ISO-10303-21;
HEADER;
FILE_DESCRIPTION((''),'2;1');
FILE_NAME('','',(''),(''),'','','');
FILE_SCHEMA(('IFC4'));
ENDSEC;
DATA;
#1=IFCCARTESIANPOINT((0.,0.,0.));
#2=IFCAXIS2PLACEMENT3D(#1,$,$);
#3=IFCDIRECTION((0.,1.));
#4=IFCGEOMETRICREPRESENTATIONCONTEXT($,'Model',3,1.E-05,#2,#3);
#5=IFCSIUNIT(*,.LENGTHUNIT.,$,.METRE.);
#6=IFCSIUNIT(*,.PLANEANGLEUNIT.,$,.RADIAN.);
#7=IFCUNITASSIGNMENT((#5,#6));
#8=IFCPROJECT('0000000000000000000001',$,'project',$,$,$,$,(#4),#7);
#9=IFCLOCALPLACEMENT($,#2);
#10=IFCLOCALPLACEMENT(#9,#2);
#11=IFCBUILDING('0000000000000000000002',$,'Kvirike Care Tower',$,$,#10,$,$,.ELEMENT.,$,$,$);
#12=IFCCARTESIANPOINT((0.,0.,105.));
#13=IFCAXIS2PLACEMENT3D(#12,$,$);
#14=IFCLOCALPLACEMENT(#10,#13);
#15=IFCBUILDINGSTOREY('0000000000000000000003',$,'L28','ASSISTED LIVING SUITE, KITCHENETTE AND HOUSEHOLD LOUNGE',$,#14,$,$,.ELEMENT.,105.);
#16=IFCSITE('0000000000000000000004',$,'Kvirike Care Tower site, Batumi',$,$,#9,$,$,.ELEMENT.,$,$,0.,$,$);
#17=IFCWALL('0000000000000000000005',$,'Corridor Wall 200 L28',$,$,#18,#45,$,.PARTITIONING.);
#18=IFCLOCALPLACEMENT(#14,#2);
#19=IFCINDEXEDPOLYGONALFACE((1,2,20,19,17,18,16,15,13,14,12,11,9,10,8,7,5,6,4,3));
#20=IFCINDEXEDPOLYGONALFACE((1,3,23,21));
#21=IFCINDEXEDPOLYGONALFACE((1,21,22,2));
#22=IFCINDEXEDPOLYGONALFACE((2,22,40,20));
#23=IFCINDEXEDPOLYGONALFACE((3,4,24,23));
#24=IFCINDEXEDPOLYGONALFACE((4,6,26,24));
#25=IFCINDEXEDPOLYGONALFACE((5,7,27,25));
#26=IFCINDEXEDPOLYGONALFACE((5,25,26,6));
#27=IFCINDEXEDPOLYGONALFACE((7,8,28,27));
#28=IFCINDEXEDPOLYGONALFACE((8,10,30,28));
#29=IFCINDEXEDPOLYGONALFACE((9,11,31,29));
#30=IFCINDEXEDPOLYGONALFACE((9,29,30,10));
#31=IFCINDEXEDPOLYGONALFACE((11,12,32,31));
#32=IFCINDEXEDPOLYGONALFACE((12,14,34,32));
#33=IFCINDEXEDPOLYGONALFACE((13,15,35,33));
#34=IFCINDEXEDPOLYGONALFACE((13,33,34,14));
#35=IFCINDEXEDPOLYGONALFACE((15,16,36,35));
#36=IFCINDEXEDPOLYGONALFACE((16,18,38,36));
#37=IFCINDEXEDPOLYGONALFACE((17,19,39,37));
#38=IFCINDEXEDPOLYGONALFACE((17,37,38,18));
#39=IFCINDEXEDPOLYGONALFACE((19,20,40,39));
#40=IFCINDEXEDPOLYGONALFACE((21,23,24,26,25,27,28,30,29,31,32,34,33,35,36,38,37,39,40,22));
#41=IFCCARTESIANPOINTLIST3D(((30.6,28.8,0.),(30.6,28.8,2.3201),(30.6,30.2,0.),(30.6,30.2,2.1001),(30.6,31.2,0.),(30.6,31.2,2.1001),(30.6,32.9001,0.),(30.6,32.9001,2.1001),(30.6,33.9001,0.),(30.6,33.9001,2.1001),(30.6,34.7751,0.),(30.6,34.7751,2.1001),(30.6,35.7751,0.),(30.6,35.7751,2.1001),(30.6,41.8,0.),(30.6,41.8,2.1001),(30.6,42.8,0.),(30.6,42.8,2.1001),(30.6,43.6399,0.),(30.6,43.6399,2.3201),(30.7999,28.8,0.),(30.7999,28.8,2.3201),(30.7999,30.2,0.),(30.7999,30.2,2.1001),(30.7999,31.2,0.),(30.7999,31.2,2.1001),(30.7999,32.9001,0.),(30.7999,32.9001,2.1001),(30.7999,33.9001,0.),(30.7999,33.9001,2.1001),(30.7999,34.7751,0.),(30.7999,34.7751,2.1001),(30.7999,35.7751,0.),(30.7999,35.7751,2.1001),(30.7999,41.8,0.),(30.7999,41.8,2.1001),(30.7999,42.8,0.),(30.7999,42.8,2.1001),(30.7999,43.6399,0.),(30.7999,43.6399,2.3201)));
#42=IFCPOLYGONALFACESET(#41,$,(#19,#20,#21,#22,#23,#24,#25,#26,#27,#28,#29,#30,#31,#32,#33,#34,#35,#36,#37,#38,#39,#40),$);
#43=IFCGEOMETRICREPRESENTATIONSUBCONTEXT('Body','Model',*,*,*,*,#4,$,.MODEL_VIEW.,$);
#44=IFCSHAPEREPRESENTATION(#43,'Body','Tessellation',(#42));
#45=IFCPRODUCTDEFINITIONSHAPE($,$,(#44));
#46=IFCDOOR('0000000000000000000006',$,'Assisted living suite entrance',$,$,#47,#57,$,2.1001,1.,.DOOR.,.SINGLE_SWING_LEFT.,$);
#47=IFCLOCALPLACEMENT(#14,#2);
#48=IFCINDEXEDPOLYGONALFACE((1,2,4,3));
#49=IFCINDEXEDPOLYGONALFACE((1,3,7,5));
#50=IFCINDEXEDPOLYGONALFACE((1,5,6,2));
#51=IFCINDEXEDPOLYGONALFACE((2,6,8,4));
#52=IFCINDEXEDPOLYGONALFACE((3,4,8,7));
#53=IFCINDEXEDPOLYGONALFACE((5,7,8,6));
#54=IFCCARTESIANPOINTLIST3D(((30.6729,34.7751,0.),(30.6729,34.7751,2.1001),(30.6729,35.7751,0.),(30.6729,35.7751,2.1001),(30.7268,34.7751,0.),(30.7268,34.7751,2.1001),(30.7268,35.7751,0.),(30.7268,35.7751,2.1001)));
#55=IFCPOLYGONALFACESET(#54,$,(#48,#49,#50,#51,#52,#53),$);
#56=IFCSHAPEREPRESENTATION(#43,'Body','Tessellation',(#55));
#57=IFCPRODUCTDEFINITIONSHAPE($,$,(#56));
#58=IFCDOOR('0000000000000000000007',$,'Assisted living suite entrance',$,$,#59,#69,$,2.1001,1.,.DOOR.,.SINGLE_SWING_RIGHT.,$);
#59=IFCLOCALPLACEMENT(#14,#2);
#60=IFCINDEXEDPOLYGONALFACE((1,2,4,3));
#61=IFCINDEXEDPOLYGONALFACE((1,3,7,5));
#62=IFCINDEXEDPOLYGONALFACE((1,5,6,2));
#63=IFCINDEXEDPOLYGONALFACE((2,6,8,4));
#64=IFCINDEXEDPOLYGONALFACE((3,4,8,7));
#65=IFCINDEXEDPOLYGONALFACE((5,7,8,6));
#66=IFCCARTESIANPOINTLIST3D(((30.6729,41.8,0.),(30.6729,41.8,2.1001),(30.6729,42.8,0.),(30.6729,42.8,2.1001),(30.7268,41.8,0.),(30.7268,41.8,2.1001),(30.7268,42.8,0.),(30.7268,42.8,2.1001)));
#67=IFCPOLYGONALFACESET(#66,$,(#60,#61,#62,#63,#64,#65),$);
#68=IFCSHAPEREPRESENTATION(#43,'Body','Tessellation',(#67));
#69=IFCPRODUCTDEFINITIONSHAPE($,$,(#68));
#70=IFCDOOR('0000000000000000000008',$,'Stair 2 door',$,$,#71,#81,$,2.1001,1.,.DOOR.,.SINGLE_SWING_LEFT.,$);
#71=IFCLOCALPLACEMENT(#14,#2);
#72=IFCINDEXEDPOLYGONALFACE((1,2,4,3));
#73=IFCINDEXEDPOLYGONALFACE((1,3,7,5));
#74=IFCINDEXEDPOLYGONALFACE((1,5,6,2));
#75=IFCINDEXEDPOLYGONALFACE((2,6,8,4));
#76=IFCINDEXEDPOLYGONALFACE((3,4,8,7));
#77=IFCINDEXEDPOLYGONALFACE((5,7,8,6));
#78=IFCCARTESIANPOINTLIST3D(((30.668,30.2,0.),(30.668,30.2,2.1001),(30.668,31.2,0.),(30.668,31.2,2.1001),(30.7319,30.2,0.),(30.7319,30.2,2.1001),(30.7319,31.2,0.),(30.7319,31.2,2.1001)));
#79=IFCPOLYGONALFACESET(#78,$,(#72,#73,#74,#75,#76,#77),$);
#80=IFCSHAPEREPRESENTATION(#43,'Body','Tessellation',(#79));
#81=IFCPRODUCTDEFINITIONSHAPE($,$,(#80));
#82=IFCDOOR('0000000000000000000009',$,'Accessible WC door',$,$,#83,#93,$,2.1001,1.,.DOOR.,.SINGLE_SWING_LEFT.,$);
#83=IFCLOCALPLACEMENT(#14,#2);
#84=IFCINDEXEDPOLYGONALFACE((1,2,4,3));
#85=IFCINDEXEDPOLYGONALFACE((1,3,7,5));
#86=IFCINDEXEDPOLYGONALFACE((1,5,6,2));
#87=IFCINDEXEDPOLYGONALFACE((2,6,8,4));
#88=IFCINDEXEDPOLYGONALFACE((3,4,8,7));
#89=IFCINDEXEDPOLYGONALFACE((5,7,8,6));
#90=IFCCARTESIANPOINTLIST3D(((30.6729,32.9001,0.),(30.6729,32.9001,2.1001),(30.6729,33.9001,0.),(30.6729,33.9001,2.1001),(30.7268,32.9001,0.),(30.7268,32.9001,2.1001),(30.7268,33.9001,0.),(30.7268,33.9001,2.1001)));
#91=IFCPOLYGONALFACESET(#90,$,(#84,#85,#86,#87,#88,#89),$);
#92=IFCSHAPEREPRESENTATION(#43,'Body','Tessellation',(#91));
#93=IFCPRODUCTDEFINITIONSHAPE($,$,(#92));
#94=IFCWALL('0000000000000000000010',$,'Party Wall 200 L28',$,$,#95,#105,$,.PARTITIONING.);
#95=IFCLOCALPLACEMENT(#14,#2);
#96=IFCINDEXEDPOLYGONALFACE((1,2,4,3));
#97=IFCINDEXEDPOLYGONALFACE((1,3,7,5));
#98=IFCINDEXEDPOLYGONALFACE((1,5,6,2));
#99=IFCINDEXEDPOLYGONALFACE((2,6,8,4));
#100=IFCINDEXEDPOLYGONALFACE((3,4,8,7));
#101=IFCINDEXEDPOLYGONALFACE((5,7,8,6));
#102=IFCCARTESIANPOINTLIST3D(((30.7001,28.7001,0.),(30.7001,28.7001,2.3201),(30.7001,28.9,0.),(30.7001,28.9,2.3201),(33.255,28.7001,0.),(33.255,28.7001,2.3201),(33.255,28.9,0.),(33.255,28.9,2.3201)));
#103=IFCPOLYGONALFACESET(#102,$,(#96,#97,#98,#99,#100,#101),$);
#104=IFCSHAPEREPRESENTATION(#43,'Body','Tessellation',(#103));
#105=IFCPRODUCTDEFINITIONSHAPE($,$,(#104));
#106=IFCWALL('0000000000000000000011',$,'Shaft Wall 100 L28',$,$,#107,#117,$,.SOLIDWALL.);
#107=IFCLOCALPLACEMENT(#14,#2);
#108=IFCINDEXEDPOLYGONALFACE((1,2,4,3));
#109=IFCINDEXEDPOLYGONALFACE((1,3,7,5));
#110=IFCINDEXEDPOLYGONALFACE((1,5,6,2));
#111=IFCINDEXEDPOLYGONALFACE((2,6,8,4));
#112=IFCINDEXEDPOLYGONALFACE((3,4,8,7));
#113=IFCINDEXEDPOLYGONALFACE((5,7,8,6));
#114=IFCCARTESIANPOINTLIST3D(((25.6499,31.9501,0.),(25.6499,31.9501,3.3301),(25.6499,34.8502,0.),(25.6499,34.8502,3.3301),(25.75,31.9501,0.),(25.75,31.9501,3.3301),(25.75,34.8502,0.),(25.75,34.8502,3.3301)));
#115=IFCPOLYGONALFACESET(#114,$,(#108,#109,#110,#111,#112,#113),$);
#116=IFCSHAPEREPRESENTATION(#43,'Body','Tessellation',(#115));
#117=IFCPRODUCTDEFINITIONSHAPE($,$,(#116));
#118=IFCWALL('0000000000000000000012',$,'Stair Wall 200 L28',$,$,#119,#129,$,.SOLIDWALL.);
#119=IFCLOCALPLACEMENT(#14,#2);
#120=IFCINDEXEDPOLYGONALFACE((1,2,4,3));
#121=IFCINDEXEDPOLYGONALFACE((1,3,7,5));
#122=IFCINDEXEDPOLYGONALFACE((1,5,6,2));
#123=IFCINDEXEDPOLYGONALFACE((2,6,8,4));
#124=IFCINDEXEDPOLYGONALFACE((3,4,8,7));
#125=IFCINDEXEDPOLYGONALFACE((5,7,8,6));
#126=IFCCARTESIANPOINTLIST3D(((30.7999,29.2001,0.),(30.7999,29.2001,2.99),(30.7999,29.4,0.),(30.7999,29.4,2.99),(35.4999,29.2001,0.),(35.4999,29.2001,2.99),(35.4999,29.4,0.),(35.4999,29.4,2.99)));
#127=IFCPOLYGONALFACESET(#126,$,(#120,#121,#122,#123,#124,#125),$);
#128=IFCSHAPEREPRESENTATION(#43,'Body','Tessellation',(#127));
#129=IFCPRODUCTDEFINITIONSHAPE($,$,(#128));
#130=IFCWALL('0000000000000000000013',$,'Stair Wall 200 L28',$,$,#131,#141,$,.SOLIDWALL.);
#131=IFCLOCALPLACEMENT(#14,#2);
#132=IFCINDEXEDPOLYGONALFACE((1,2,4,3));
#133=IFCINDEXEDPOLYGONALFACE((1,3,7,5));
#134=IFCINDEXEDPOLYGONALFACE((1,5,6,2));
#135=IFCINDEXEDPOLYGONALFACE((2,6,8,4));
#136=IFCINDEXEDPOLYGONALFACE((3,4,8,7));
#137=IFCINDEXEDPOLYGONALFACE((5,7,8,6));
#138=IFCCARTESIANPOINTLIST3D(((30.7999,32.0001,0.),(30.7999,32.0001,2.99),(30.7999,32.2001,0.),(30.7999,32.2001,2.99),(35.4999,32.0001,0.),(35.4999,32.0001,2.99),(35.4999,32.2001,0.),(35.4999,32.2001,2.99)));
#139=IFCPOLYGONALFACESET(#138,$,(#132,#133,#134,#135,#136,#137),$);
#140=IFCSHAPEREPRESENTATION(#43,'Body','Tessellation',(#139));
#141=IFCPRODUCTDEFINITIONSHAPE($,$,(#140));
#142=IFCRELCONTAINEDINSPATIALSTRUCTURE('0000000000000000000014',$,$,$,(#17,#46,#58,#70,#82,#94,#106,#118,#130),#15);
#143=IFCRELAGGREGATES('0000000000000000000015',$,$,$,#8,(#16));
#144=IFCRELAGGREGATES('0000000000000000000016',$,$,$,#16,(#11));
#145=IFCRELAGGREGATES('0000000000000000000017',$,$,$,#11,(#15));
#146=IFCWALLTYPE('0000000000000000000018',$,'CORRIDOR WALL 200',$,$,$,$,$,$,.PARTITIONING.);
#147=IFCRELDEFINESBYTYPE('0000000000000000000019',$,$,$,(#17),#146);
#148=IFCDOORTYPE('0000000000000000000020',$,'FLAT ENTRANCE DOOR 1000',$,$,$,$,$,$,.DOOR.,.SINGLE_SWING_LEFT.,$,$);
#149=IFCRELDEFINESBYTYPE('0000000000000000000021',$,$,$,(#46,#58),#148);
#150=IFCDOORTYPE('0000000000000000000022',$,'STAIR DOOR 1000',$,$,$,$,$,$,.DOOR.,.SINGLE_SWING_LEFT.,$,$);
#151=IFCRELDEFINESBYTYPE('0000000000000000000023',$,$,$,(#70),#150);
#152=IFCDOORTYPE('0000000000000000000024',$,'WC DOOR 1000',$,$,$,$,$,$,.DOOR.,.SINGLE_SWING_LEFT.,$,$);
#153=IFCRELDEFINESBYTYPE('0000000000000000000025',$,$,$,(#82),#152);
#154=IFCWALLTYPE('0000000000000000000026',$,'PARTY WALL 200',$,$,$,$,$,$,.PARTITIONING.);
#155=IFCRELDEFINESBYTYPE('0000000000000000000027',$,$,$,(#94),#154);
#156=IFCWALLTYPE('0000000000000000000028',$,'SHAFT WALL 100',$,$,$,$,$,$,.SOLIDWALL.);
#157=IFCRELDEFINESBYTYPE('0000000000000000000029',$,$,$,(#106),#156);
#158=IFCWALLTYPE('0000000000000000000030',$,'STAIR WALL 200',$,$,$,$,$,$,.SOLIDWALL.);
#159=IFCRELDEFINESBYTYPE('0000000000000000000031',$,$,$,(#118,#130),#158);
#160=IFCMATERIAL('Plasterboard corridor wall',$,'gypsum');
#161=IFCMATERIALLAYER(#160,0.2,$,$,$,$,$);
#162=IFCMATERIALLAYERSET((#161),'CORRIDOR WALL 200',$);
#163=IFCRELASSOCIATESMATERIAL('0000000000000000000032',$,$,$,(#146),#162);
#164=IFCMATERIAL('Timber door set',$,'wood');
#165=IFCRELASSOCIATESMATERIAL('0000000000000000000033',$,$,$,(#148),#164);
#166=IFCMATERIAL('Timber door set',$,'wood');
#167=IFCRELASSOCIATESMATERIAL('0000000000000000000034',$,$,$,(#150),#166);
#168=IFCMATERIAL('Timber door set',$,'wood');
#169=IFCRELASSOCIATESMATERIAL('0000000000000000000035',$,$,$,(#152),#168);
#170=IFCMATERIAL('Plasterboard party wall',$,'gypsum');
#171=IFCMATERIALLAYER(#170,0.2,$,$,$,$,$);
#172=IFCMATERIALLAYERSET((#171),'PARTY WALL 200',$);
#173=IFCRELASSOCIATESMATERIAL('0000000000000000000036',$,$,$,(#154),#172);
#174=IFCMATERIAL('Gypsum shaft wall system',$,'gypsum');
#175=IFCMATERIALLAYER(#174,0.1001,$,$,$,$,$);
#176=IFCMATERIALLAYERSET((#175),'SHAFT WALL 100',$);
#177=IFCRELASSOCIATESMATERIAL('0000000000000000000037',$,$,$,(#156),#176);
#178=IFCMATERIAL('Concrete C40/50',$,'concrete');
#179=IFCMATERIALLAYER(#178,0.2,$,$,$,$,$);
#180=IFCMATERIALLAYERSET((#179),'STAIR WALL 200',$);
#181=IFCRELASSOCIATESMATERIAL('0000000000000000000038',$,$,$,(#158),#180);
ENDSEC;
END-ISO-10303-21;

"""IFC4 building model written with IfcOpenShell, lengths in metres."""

from ifc_helpers import new_model, si_unit, direction, frame, frame_2d, origin, place, context, subcontext, project, spatial, rectangle, extrude, material, layer, layer_set, type_object, element, fill, save


model = new_model("IFC4")

# Units and contexts
model_context = context("Model", 3, precision=1e-05, world=origin(), true_north=direction((0.0, 1.0)))
body_context = subcontext(model_context, "Body", "Model", "MODEL_VIEW")
ifc_project = project(units=[si_unit("LENGTHUNIT", "METRE"), si_unit("PLANEANGLEUNIT", "RADIAN")], contexts=[model_context])

# Site, building, storey
site_placement = place(None, origin())
site = spatial("IfcSite", under=ifc_project, at=site_placement, Name="Kvirike Care Tower site, Batumi", CompositionType="ELEMENT", RefElevation=0.0)
building_placement = place(site_placement, origin())
building = spatial("IfcBuilding", under=site, at=building_placement, Name="Kvirike Care Tower", CompositionType="ELEMENT")
storey_placement = place(building_placement, frame((0.0, 0.0, 105.0)))
storey = spatial("IfcBuildingStorey", under=building, at=storey_placement, Name="L28", Description="ASSISTED LIVING SUITE, KITCHENETTE AND HOUSEHOLD LOUNGE", CompositionType="ELEMENT", Elevation=105.0)

# Wall, openings, doors
ifc_material_1 = material(Name="Plasterboard corridor wall", Category="gypsum")
ifc_layer_1 = layer(ifc_material_1, 0.2)
ifc_layer_set_1 = layer_set([ifc_layer_1], Name="CORRIDOR WALL 200")
wall_type_1 = type_object("IfcWallType", Name="CORRIDOR WALL 200", PredefinedType="PARTITIONING", material=ifc_layer_set_1)
wall_1_placement = place(storey_placement, frame((30.7, 28.8, 0.0), z_axis=(0.0, 0.0, 1.0), x_axis=(0.0, 1.0, 0.0)))
wall_1 = element("IfcWall", 1, at=wall_1_placement, inside=storey, type_object=wall_type_1, Name="Corridor Wall 200 L28", PredefinedType="PARTITIONING", context=body_context, shape_type="SweptSolid", body=[
    extrude(rectangle(XDim=14.8398, YDim=0.2, at=frame_2d((7.4199, 0.0))), origin(), (0.0, 0.0, 1.0), 2.3201),
])
opening_1_placement = place(wall_1_placement, frame((1.3999, 0.0, 0.0)))
opening_1 = element("IfcOpeningElement", 2, at=opening_1_placement, cuts=wall_1, PredefinedType="OPENING", context=body_context, shape_type="SweptSolid", body=[
    extrude(rectangle(XDim=1.0, YDim=2.1001, at=frame_2d((0.5, 1.05))), frame((0.0, 0.1106, 0.0), z_axis=(0.0, -1.0, 0.0), x_axis=(1.0, 0.0, 0.0)), (0.0, 0.0, 1.0), 0.2209),
])
opening_2_placement = place(wall_1_placement, frame((4.1001, 0.0, 0.0)))
opening_2 = element("IfcOpeningElement", 3, at=opening_2_placement, cuts=wall_1, PredefinedType="OPENING", context=body_context, shape_type="SweptSolid", body=[
    extrude(rectangle(XDim=1.0, YDim=2.1001, at=frame_2d((0.5, 1.05))), frame((0.0, 0.1106, 0.0), z_axis=(0.0, -1.0, 0.0), x_axis=(1.0, 0.0, 0.0)), (0.0, 0.0, 1.0), 0.2209),
])
opening_3_placement = place(wall_1_placement, frame((5.9751, 0.0, 0.0)))
opening_3 = element("IfcOpeningElement", 4, at=opening_3_placement, cuts=wall_1, PredefinedType="OPENING", context=body_context, shape_type="SweptSolid", body=[
    extrude(rectangle(XDim=1.0, YDim=2.1001, at=frame_2d((0.5, 1.05))), frame((0.0, 0.1106, 0.0), z_axis=(0.0, -1.0, 0.0), x_axis=(1.0, 0.0, 0.0)), (0.0, 0.0, 1.0), 0.2209),
])
opening_4_placement = place(wall_1_placement, frame((13.0, 0.0, 0.0)))
opening_4 = element("IfcOpeningElement", 5, at=opening_4_placement, cuts=wall_1, PredefinedType="OPENING", context=body_context, shape_type="SweptSolid", body=[
    extrude(rectangle(XDim=1.0, YDim=2.1001, at=frame_2d((0.5, 1.05))), frame((0.0, 0.1106, 0.0), z_axis=(0.0, -1.0, 0.0), x_axis=(1.0, 0.0, 0.0)), (0.0, 0.0, 1.0), 0.2209),
])
ifc_material_2 = material(Name="Timber door set", Category="wood")
door_type_1 = type_object("IfcDoorType", Name="FLAT ENTRANCE DOOR 1000", OperationType="SINGLE_SWING_LEFT", PredefinedType="DOOR", material=ifc_material_2)
door_1_placement = place(opening_3_placement, frame((1.0, 0.0, 0.0), z_axis=(0.0, 0.0, 1.0), x_axis=(-1.0, 0.0, 0.0)))
door_1 = element("IfcDoor", 6, at=door_1_placement, inside=storey, type_object=door_type_1, Name="Assisted living suite entrance", OperationType="SINGLE_SWING_LEFT", OverallHeight=2.1001, OverallWidth=1.0, PredefinedType="DOOR", context=body_context, shape_type="SweptSolid", body=[
    extrude(rectangle(XDim=1.0, YDim=2.1001, at=frame_2d((0.5, 1.05))), frame((0.0, 0.0269, 0.0), z_axis=(0.0, -1.0, 0.0), x_axis=(1.0, 0.0, 0.0)), (0.0, 0.0, 1.0), 0.054),
])
fill(opening_3, door_1)
door_2_placement = place(opening_4_placement, frame((1.0, 0.0, 0.0), z_axis=(0.0, 0.0, 1.0), x_axis=(-1.0, 0.0, 0.0)))
door_2 = element("IfcDoor", 7, at=door_2_placement, inside=storey, type_object=door_type_1, Name="Assisted living suite entrance", OperationType="SINGLE_SWING_RIGHT", OverallHeight=2.1001, OverallWidth=1.0, PredefinedType="DOOR", context=body_context, shape_type="SweptSolid", body=[
    extrude(rectangle(XDim=1.0, YDim=2.1001, at=frame_2d((0.5, 1.05))), frame((0.0, 0.0269, 0.0), z_axis=(0.0, -1.0, 0.0), x_axis=(1.0, 0.0, 0.0)), (0.0, 0.0, 1.0), 0.054),
])
fill(opening_4, door_2)
ifc_material_3 = material(Name="Timber door set", Category="wood")
door_type_2 = type_object("IfcDoorType", Name="STAIR DOOR 1000", OperationType="SINGLE_SWING_LEFT", PredefinedType="DOOR", material=ifc_material_3)
door_3_placement = place(opening_1_placement, frame((1.0, 0.0, 0.0), z_axis=(0.0, 0.0, 1.0), x_axis=(-1.0, 0.0, 0.0)))
door_3 = element("IfcDoor", 8, at=door_3_placement, inside=storey, type_object=door_type_2, Name="Stair 2 door", OperationType="SINGLE_SWING_LEFT", OverallHeight=2.1001, OverallWidth=1.0, PredefinedType="DOOR", context=body_context, shape_type="SweptSolid", body=[
    extrude(rectangle(XDim=1.0, YDim=2.1001, at=frame_2d((0.5, 1.05))), frame((0.0, 0.032, 0.0), z_axis=(0.0, -1.0, 0.0), x_axis=(1.0, 0.0, 0.0)), (0.0, 0.0, 1.0), 0.064),
])
fill(opening_1, door_3)
ifc_material_4 = material(Name="Timber door set", Category="wood")
door_type_3 = type_object("IfcDoorType", Name="WC DOOR 1000", OperationType="SINGLE_SWING_LEFT", PredefinedType="DOOR", material=ifc_material_4)
door_4_placement = place(opening_2_placement, frame((1.0, 0.0, 0.0), z_axis=(0.0, 0.0, 1.0), x_axis=(-1.0, 0.0, 0.0)))
door_4 = element("IfcDoor", 9, at=door_4_placement, inside=storey, type_object=door_type_3, Name="Accessible WC door", OperationType="SINGLE_SWING_LEFT", OverallHeight=2.1001, OverallWidth=1.0, PredefinedType="DOOR", context=body_context, shape_type="SweptSolid", body=[
    extrude(rectangle(XDim=1.0, YDim=2.1001, at=frame_2d((0.5, 1.05))), frame((0.0, 0.0269, 0.0), z_axis=(0.0, -1.0, 0.0), x_axis=(1.0, 0.0, 0.0)), (0.0, 0.0, 1.0), 0.054),
])
fill(opening_2, door_4)

# Walls
ifc_material_5 = material(Name="Plasterboard party wall", Category="gypsum")
ifc_layer_2 = layer(ifc_material_5, 0.2)
ifc_layer_set_2 = layer_set([ifc_layer_2], Name="PARTY WALL 200")
wall_type_2 = type_object("IfcWallType", Name="PARTY WALL 200", PredefinedType="PARTITIONING", material=ifc_layer_set_2)
wall_2_placement = place(storey_placement, frame((33.2549, 28.8, 0.0), z_axis=(0.0, 0.0, 1.0), x_axis=(-1.0, 0.0, 0.0)))
element("IfcWall", 10, at=wall_2_placement, inside=storey, type_object=wall_type_2, Name="Party Wall 200 L28", PredefinedType="PARTITIONING", context=body_context, shape_type="SweptSolid", body=[
    extrude(rectangle(XDim=2.5549, YDim=0.2, at=frame_2d((1.2773, 0.0))), origin(), (0.0, 0.0, 1.0), 2.3201),
])
ifc_material_6 = material(Name="Gypsum shaft wall system", Category="gypsum")
ifc_layer_3 = layer(ifc_material_6, 0.1001)
ifc_layer_set_3 = layer_set([ifc_layer_3], Name="SHAFT WALL 100")
wall_type_3 = type_object("IfcWallType", Name="SHAFT WALL 100", PredefinedType="SOLIDWALL", material=ifc_layer_set_3)
wall_3_placement = place(storey_placement, frame((25.7, 31.95, 0.0), z_axis=(0.0, 0.0, 1.0), x_axis=(0.0, 1.0, 0.0)))
element("IfcWall", 11, at=wall_3_placement, inside=storey, type_object=wall_type_3, Name="Shaft Wall 100 L28", PredefinedType="SOLIDWALL", context=body_context, shape_type="SweptSolid", body=[
    extrude(rectangle(XDim=2.9001, YDim=0.1001, at=frame_2d((1.4502, 0.0))), origin(), (0.0, 0.0, 1.0), 3.3301),
])
ifc_material_7 = material(Name="Concrete C40/50", Category="concrete")
ifc_layer_4 = layer(ifc_material_7, 0.2)
ifc_layer_set_4 = layer_set([ifc_layer_4], Name="STAIR WALL 200")
wall_type_4 = type_object("IfcWallType", Name="STAIR WALL 200", PredefinedType="SOLIDWALL", material=ifc_layer_set_4)
for number, where, z_axis, x_axis, name in (
    (12, (35.5, 29.3, 0.0), (0.0, 0.0, 1.0), (-1.0, 0.0, 0.0), "Stair Wall 200 L28"),
    (13, (35.5, 32.1001, 0.0), (0.0, 0.0, 1.0), (-1.0, 0.0, 0.0), "Stair Wall 200 L28"),
):
    element("IfcWall", number, at=place(storey_placement, frame(where, z_axis=z_axis, x_axis=x_axis)), inside=storey, type_object=wall_type_4, Name=name, PredefinedType="SOLIDWALL", context=body_context, shape_type="SweptSolid", body=[
        extrude(rectangle(XDim=4.7, YDim=0.2, at=frame_2d((2.3501, 0.0))), origin(), (0.0, 0.0, 1.0), 2.99),
    ])

save(model, "model.ifc")
